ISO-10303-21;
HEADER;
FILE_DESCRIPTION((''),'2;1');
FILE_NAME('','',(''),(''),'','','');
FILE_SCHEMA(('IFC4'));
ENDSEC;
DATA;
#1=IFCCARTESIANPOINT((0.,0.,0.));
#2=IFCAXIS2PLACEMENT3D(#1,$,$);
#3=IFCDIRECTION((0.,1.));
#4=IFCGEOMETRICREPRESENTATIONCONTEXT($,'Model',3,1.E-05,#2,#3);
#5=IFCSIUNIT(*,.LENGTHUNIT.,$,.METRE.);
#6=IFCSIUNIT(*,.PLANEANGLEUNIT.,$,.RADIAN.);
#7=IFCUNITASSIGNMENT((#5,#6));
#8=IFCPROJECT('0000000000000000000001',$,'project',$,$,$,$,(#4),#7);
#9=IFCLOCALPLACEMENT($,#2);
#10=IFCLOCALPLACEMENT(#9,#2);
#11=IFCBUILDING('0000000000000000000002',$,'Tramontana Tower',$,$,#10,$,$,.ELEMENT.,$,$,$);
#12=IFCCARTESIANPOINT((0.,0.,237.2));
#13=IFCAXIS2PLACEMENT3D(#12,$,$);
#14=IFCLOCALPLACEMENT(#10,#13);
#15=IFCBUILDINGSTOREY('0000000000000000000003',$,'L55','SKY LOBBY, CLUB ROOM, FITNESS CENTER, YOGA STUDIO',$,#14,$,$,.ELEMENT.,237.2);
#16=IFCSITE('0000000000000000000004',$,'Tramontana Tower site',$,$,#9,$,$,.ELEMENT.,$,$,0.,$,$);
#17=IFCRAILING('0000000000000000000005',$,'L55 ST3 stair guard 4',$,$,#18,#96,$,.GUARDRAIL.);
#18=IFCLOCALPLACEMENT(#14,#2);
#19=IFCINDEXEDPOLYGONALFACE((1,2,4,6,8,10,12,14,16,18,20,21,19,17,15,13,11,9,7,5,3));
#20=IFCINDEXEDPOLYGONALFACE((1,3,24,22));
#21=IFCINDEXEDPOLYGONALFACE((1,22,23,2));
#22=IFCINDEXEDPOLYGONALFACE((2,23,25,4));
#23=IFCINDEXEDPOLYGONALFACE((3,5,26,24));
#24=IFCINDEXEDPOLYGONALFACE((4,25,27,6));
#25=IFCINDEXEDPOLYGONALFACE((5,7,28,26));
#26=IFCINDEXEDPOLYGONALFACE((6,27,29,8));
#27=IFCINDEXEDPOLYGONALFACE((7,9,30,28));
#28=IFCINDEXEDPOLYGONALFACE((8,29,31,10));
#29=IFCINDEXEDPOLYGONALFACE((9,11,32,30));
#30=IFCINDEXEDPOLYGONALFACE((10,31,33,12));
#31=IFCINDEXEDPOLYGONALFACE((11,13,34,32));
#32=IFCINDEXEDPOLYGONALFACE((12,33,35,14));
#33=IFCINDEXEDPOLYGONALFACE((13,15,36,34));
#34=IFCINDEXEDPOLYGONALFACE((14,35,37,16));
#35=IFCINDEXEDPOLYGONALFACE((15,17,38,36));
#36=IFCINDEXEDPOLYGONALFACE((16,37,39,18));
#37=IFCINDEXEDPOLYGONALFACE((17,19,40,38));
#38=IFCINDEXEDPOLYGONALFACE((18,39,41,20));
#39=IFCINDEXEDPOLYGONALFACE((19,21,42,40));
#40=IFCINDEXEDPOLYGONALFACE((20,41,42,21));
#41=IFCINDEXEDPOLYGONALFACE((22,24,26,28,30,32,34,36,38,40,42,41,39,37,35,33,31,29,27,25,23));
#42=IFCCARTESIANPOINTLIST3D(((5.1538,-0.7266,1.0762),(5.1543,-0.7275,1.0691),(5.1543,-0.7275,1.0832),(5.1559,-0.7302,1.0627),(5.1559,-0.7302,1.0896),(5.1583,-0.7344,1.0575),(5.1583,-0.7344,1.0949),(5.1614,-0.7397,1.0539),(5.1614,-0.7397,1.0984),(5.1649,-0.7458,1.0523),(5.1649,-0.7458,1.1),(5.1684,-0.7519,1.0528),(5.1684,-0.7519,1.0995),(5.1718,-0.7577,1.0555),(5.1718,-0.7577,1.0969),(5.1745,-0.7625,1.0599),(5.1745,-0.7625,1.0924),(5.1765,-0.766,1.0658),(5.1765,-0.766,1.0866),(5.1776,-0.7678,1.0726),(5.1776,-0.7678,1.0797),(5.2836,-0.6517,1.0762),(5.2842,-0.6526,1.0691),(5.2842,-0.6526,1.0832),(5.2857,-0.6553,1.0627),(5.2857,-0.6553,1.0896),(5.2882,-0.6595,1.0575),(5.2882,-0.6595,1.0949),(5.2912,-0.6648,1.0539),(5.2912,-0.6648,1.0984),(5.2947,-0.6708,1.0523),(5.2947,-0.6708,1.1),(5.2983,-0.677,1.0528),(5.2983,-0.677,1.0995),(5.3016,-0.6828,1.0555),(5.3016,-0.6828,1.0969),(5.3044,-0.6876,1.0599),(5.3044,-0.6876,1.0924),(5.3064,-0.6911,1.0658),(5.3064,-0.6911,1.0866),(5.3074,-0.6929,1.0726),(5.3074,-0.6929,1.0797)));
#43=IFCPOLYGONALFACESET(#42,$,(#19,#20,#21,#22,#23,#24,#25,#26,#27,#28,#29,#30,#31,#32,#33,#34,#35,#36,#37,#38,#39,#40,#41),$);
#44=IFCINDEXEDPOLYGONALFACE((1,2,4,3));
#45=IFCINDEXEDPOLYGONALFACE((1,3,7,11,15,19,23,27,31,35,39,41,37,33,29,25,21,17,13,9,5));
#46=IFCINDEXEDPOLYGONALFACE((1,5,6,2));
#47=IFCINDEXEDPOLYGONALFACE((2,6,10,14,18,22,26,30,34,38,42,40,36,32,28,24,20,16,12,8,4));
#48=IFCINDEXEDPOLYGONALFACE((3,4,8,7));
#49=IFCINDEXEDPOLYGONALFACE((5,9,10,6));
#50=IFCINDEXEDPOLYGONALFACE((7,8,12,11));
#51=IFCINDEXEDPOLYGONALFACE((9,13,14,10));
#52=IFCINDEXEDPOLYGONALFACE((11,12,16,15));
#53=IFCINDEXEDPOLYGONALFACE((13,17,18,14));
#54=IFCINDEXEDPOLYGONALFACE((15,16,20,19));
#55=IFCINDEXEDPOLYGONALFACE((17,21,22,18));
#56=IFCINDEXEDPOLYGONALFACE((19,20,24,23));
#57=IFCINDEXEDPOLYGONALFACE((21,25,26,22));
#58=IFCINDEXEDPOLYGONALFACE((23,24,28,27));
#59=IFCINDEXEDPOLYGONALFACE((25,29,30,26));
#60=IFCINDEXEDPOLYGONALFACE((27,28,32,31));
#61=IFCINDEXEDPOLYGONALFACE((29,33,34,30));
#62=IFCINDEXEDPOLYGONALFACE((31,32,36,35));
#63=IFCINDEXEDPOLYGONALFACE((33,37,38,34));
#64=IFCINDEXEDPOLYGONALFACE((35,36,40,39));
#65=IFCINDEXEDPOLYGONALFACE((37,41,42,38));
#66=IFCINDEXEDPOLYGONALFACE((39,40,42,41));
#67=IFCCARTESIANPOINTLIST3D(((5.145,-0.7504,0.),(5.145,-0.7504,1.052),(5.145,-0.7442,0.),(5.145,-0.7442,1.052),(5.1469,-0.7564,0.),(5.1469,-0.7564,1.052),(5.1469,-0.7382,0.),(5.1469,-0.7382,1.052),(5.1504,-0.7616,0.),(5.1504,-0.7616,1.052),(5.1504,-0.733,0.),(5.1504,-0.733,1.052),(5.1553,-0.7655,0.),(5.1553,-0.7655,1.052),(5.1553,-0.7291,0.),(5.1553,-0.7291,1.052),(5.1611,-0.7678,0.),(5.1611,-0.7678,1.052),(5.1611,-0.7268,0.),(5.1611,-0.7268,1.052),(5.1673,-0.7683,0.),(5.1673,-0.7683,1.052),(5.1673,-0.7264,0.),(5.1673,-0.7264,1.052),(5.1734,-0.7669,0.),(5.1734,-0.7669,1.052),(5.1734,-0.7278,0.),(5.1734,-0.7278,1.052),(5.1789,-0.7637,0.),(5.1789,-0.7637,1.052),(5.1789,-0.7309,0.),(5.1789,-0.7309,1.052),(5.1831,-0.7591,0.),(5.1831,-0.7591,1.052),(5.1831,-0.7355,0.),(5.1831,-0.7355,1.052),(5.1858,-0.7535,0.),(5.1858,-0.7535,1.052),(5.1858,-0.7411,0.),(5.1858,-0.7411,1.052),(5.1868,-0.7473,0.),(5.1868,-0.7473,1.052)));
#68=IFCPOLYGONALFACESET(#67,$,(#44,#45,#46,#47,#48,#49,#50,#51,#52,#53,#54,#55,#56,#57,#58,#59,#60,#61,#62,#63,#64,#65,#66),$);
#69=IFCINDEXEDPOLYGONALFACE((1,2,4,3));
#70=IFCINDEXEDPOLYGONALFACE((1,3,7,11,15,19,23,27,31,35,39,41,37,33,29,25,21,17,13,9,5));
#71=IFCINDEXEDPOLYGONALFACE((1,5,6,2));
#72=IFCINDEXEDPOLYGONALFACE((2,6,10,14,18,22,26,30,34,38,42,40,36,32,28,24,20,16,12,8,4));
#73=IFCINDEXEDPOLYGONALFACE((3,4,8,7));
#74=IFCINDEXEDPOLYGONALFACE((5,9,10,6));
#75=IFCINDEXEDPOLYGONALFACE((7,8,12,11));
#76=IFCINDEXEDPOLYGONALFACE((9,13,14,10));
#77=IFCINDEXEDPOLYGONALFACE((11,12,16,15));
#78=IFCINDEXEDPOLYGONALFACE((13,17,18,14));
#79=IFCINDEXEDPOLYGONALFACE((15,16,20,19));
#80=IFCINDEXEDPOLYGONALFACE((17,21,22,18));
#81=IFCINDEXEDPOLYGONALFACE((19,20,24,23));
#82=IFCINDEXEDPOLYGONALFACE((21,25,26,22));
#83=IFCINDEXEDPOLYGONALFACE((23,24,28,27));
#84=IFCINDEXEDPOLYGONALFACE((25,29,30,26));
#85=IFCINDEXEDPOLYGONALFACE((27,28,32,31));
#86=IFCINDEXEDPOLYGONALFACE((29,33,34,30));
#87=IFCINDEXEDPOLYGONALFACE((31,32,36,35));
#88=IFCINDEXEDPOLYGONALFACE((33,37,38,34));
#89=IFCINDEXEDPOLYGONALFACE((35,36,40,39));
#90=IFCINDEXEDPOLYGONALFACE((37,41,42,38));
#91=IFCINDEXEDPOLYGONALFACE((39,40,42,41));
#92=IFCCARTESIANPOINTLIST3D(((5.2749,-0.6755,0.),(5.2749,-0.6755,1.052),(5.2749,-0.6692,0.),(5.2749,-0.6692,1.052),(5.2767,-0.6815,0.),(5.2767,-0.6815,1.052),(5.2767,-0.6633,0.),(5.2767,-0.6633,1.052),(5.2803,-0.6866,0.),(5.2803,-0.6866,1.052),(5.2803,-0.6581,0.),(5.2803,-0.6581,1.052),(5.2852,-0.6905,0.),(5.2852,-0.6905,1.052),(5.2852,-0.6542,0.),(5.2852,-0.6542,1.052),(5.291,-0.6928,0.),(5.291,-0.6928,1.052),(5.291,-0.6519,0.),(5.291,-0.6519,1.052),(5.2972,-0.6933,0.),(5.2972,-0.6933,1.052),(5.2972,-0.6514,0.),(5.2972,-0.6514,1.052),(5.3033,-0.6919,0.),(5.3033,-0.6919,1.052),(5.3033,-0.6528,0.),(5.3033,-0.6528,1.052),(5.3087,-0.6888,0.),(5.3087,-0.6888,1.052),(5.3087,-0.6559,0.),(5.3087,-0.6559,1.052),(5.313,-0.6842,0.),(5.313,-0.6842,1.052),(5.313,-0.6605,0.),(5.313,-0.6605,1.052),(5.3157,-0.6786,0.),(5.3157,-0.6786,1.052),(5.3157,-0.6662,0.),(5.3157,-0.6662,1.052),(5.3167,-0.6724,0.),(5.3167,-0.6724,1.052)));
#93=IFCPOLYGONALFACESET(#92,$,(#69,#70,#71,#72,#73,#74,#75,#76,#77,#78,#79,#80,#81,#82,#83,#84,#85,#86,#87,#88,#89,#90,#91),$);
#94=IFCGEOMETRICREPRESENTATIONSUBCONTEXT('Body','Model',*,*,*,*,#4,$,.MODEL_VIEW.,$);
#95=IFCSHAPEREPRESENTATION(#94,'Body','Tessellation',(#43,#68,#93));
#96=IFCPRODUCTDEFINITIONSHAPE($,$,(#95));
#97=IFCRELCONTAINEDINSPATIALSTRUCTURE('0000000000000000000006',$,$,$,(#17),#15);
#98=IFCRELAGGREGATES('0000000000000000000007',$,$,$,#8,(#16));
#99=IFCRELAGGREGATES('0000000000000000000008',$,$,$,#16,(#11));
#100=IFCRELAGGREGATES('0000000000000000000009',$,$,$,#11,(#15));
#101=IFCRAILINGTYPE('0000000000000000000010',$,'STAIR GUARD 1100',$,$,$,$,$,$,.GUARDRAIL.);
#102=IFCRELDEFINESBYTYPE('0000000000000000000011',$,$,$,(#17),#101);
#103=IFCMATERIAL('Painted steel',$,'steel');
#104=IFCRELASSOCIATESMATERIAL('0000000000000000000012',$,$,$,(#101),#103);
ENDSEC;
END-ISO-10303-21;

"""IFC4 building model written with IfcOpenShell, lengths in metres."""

from ifc_helpers import new_model, si_unit, direction, frame, origin, origin_2d, place, context, subcontext, project, spatial, circle, extrude, material, type_object, element, save


model = new_model("IFC4")

# Units and contexts
model_context = context("Model", 3, precision=1e-05, world=origin(), true_north=direction((0.0, 1.0)))
body_context = subcontext(model_context, "Body", "Model", "MODEL_VIEW")
ifc_project = project(units=[si_unit("LENGTHUNIT", "METRE"), si_unit("PLANEANGLEUNIT", "RADIAN")], contexts=[model_context])

# Site, building, storey
site_placement = place(None, origin())
site = spatial("IfcSite", under=ifc_project, at=site_placement, Name="Tramontana Tower site", CompositionType="ELEMENT", RefElevation=0.0)
building_placement = place(site_placement, origin())
building = spatial("IfcBuilding", under=site, at=building_placement, Name="Tramontana Tower", CompositionType="ELEMENT")
storey_placement = place(building_placement, frame((0.0, 0.0, 237.2)))
storey = spatial("IfcBuildingStorey", under=building, at=storey_placement, Name="L55", Description="SKY LOBBY, CLUB ROOM, FITNESS CENTER, YOGA STUDIO", CompositionType="ELEMENT", Elevation=237.2)

# Railing
ifc_material_1 = material(Name="Painted steel", Category="steel")
railing_type_1 = type_object("IfcRailingType", Name="STAIR GUARD 1100", PredefinedType="GUARDRAIL", material=ifc_material_1)
railing_1_placement = place(storey_placement, frame((5.1658, -0.7473, 0.0)))
element("IfcRailing", 1, at=railing_1_placement, inside=storey, type_object=railing_type_1, Name="L55 ST3 stair guard 4", PredefinedType="GUARDRAIL", context=body_context, shape_type="SweptSolid", body=[
    extrude(circle(Radius=0.0239, at=origin_2d()), frame((0.0, 0.0, 1.0762), z_axis=(0.866131, 0.499816, 0.0), x_axis=(-0.499816, 0.866131, 0.0)), (0.0, 0.0, 1.0), 0.1499),
    extrude(circle(Radius=0.021, at=origin_2d()), origin(), (0.0, 0.0, 1.0), 1.052),
    extrude(circle(Radius=0.021, at=origin_2d()), frame((0.1299, 0.075, 0.0)), (0.0, 0.0, 1.0), 1.052),
])

save(model, "model.ifc")
